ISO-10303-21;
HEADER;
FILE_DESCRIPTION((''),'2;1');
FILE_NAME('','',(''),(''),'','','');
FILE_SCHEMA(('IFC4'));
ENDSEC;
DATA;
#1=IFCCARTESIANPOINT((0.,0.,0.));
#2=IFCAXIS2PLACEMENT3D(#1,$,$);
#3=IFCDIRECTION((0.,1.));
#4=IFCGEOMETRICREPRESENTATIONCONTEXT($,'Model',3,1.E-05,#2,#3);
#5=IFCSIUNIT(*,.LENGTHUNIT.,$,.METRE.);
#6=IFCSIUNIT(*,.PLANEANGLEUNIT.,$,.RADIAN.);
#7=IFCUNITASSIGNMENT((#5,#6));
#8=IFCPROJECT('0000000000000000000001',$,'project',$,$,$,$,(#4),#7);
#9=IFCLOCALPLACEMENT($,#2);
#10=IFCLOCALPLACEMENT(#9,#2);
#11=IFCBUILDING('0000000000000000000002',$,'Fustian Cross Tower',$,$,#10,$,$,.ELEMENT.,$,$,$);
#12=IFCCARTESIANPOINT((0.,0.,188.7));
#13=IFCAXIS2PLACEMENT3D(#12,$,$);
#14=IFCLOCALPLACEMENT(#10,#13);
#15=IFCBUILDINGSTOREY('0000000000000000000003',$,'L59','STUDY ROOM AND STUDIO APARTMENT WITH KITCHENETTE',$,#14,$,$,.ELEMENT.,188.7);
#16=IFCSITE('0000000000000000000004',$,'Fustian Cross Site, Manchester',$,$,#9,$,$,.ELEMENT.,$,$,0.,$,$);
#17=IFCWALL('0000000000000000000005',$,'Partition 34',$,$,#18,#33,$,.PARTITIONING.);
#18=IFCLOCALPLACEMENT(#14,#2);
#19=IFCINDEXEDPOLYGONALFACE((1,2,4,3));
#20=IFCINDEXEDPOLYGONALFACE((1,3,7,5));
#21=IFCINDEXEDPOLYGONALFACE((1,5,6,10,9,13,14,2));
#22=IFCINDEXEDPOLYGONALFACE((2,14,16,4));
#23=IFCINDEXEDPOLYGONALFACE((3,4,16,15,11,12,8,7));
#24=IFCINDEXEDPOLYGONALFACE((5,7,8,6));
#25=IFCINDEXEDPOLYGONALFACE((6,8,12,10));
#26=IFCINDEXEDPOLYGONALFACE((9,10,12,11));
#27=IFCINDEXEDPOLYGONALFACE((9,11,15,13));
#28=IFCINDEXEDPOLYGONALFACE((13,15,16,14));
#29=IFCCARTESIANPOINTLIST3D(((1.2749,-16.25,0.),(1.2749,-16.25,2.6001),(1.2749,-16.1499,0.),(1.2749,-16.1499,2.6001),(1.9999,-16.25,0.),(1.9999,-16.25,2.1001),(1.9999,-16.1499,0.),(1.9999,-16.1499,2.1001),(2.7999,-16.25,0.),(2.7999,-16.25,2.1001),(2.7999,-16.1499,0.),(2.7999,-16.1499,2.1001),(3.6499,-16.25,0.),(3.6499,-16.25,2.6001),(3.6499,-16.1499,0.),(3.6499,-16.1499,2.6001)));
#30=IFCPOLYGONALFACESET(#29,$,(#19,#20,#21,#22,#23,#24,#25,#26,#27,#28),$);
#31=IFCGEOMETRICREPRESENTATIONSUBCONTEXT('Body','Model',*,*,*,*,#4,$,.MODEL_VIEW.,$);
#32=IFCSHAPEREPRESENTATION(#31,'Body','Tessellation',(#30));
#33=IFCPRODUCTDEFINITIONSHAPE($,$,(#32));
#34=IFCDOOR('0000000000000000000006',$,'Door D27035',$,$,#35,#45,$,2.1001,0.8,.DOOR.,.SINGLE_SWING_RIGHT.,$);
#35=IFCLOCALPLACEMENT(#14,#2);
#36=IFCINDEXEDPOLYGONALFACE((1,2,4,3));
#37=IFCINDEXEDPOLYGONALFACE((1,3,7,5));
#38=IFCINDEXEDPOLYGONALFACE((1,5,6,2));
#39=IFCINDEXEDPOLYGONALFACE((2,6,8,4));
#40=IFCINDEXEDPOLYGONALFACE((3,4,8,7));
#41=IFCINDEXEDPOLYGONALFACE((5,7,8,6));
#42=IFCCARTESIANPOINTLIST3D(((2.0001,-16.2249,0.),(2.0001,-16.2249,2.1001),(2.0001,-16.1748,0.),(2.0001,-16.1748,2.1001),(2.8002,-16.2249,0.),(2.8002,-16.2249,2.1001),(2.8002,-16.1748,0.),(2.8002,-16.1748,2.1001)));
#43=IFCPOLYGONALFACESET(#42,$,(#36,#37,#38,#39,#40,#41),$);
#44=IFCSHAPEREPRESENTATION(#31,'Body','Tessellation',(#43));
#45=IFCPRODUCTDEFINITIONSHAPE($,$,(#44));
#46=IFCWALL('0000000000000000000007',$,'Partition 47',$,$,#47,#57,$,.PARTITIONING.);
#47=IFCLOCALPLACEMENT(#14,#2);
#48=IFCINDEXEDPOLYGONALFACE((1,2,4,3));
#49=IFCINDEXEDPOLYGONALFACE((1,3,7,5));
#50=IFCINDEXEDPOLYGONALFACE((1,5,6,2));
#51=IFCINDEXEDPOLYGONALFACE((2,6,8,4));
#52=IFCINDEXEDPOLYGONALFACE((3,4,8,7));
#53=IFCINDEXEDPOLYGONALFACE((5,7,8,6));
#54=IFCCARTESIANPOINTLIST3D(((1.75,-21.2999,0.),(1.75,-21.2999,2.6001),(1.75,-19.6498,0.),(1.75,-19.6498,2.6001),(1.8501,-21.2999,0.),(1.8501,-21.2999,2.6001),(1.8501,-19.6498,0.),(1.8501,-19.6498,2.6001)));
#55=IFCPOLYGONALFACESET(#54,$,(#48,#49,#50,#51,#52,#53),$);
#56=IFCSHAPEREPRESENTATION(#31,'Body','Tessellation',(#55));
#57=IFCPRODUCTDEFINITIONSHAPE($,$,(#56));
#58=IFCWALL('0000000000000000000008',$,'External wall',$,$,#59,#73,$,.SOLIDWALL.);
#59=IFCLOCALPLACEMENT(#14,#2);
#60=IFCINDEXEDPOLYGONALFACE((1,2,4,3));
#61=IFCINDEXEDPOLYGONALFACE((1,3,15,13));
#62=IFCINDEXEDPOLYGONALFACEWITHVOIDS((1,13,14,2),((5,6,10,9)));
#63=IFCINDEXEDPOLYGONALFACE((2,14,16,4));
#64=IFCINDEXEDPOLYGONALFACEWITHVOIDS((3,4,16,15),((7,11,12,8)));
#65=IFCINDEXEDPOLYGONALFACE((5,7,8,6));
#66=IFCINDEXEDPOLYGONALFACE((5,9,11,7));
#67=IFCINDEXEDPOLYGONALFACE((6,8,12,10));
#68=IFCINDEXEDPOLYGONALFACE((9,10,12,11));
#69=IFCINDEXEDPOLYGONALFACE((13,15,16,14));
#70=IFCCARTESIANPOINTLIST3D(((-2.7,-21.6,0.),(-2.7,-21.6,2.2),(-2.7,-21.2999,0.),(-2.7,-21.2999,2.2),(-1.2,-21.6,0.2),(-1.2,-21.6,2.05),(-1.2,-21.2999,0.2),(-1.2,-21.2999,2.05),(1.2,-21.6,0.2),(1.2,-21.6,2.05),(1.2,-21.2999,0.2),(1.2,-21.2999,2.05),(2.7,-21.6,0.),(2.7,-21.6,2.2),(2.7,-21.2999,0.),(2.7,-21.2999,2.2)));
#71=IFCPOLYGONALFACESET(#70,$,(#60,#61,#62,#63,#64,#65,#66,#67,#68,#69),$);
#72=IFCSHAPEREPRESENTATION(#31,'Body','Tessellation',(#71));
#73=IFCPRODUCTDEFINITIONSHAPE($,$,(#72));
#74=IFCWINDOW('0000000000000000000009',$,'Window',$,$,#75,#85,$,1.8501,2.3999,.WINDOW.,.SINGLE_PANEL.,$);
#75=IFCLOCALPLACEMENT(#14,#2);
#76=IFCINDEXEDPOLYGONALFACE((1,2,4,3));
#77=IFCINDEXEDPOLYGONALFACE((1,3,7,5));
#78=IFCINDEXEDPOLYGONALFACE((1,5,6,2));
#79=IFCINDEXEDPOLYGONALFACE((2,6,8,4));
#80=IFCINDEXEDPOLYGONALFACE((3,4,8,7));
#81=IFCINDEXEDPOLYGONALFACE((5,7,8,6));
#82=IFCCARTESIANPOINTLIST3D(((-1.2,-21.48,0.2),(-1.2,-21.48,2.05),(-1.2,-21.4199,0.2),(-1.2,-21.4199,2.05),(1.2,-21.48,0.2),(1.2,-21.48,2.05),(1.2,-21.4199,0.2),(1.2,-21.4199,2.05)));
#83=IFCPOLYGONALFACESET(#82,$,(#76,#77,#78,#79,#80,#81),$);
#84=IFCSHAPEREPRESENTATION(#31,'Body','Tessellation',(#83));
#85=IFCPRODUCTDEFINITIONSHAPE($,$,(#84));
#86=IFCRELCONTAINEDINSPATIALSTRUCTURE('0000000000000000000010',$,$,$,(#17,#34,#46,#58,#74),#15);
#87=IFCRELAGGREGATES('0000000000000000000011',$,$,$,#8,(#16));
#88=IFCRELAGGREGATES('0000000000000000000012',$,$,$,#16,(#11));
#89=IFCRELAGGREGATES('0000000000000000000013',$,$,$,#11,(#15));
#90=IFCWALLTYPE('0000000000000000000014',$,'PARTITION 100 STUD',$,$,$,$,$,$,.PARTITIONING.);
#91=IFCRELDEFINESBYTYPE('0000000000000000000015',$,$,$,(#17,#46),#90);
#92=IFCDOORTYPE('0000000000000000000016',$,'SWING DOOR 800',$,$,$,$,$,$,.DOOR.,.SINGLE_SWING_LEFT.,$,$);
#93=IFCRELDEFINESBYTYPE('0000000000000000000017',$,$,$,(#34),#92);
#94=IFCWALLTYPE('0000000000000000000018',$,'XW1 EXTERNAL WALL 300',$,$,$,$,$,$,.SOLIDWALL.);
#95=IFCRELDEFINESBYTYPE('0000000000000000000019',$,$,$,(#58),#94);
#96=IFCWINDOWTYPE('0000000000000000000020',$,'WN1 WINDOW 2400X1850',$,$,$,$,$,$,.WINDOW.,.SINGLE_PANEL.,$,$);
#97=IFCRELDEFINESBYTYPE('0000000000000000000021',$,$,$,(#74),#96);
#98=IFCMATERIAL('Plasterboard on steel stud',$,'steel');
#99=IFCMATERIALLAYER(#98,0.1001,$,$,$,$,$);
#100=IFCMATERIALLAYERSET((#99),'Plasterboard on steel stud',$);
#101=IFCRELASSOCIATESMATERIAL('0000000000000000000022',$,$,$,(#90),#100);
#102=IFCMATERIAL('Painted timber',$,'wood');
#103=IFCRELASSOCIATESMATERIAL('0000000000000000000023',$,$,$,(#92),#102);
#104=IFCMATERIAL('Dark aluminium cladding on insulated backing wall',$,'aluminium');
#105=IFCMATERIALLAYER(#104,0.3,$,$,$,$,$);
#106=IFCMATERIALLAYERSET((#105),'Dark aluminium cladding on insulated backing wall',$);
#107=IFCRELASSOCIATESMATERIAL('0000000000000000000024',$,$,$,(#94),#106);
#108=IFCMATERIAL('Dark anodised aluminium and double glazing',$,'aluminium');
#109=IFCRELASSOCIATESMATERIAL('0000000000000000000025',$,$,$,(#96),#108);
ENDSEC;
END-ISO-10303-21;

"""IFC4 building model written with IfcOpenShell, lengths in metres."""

from ifc_helpers import new_model, si_unit, direction, frame, frame_2d, origin, place, context, subcontext, project, spatial, rectangle, extrude, material, layer, layer_set, type_object, element, fill, save


model = new_model("IFC4")

# Units and contexts
model_context = context("Model", 3, precision=1e-05, world=origin(), true_north=direction((0.0, 1.0)))
body_context = subcontext(model_context, "Body", "Model", "MODEL_VIEW")
ifc_project = project(units=[si_unit("LENGTHUNIT", "METRE"), si_unit("PLANEANGLEUNIT", "RADIAN")], contexts=[model_context])

# Site, building, storey
site_placement = place(None, origin())
site = spatial("IfcSite", under=ifc_project, at=site_placement, Name="Fustian Cross Site, Manchester", CompositionType="ELEMENT", RefElevation=0.0)
building_placement = place(site_placement, origin())
building = spatial("IfcBuilding", under=site, at=building_placement, Name="Fustian Cross Tower", CompositionType="ELEMENT")
storey_placement = place(building_placement, frame((0.0, 0.0, 188.7)))
storey = spatial("IfcBuildingStorey", under=building, at=storey_placement, Name="L59", Description="STUDY ROOM AND STUDIO APARTMENT WITH KITCHENETTE", CompositionType="ELEMENT", Elevation=188.7)

# Shared definitions
ifc_material_1 = material(Name="Plasterboard on steel stud", Category="steel")
ifc_layer_1 = layer(ifc_material_1, 0.1001)
ifc_layer_set_1 = layer_set([ifc_layer_1], Name="Plasterboard on steel stud")
wall_type_1 = type_object("IfcWallType", Name="PARTITION 100 STUD", PredefinedType="PARTITIONING", material=ifc_layer_set_1)

# Wall, opening, door
wall_1_placement = place(storey_placement, frame((1.2749, -16.2, 0.0), z_axis=(0.0, 0.0, 1.0), x_axis=(1.0, 0.0, 0.0)))
wall_1 = element("IfcWall", 1, at=wall_1_placement, inside=storey, type_object=wall_type_1, Name="Partition 34", PredefinedType="PARTITIONING", context=body_context, shape_type="SweptSolid", body=[
    extrude(rectangle(XDim=2.375, YDim=0.1001, at=frame_2d((1.1875, 0.0))), origin(), (0.0, 0.0, 1.0), 2.6001),
])
opening_1_placement = place(wall_1_placement, frame((0.7251, 0.0, 0.0)))
opening_1 = element("IfcOpeningElement", 2, at=opening_1_placement, cuts=wall_1, PredefinedType="OPENING", context=body_context, shape_type="SweptSolid", body=[
    extrude(rectangle(XDim=0.8, YDim=2.1001, at=frame_2d((0.3999, 1.05))), frame((0.0, 0.0601, 0.0), z_axis=(0.0, -1.0, 0.0), x_axis=(1.0, 0.0, 0.0)), (0.0, 0.0, 1.0), 0.1201),
])
ifc_material_2 = material(Name="Painted timber", Category="wood")
door_type_1 = type_object("IfcDoorType", Name="SWING DOOR 800", OperationType="SINGLE_SWING_LEFT", PredefinedType="DOOR", material=ifc_material_2)
door_1_placement = place(opening_1_placement, frame((0.8, 0.0, 0.0), z_axis=(0.0, 0.0, 1.0), x_axis=(-1.0, 0.0, 0.0)))
door_1 = element("IfcDoor", 3, at=door_1_placement, inside=storey, type_object=door_type_1, Name="Door D27035", OperationType="SINGLE_SWING_RIGHT", OverallHeight=2.1001, OverallWidth=0.8, PredefinedType="DOOR", context=body_context, shape_type="SweptSolid", body=[
    extrude(rectangle(XDim=0.8, YDim=2.1001, at=frame_2d((0.3999, 1.05))), frame((0.0, 0.0249, 0.0), z_axis=(0.0, -1.0, 0.0), x_axis=(1.0, 0.0, 0.0)), (0.0, 0.0, 1.0), 0.05),
])
fill(opening_1, door_1)

# Wall
wall_2_placement = place(storey_placement, frame((1.8, -21.3, 0.0), z_axis=(0.0, 0.0, 1.0), x_axis=(0.0, 1.0, 0.0)))
element("IfcWall", 4, at=wall_2_placement, inside=storey, type_object=wall_type_1, Name="Partition 47", PredefinedType="PARTITIONING", context=body_context, shape_type="SweptSolid", body=[
    extrude(rectangle(XDim=1.6501, YDim=0.1001, at=frame_2d((0.8252, 0.0))), origin(), (0.0, 0.0, 1.0), 2.6001),
])

# Wall, opening, window
ifc_material_3 = material(Name="Dark aluminium cladding on insulated backing wall", Category="aluminium")
ifc_layer_2 = layer(ifc_material_3, 0.3)
ifc_layer_set_2 = layer_set([ifc_layer_2], Name="Dark aluminium cladding on insulated backing wall")
wall_type_2 = type_object("IfcWallType", Name="XW1 EXTERNAL WALL 300", PredefinedType="SOLIDWALL", material=ifc_layer_set_2)
wall_3_placement = place(storey_placement, frame((-2.7, -21.45, 0.0), z_axis=(0.0, 0.0, 1.0), x_axis=(1.0, 0.0, 0.0)))
wall_3 = element("IfcWall", 5, at=wall_3_placement, inside=storey, type_object=wall_type_2, Name="External wall", PredefinedType="SOLIDWALL", context=body_context, shape_type="SweptSolid", body=[
    extrude(rectangle(XDim=5.3999, YDim=0.3, at=frame_2d((2.7, 0.0))), origin(), (0.0, 0.0, 1.0), 2.2),
])
opening_2_placement = place(wall_3_placement, frame((1.5, 0.0, 0.2)))
opening_2 = element("IfcOpeningElement", 6, at=opening_2_placement, cuts=wall_3, PredefinedType="OPENING", context=body_context, shape_type="SweptSolid", body=[
    extrude(rectangle(XDim=2.3999, YDim=1.8501, at=frame_2d((1.2, 0.925))), frame((0.0, 0.1599, 0.0), z_axis=(0.0, -1.0, 0.0), x_axis=(1.0, 0.0, 0.0)), (0.0, 0.0, 1.0), 0.3201),
])
ifc_material_4 = material(Name="Dark anodised aluminium and double glazing", Category="aluminium")
window_type = type_object("IfcWindowType", Name="WN1 WINDOW 2400X1850", PartitioningType="SINGLE_PANEL", PredefinedType="WINDOW", material=ifc_material_4)
window_placement = place(opening_2_placement, origin())
window = element("IfcWindow", 7, at=window_placement, inside=storey, type_object=window_type, Name="Window", OverallHeight=1.8501, OverallWidth=2.3999, PartitioningType="SINGLE_PANEL", PredefinedType="WINDOW", context=body_context, shape_type="SweptSolid", body=[
    extrude(rectangle(XDim=2.3999, YDim=1.8501, at=frame_2d((1.2, 0.925))), frame((0.0, 0.03, 0.0), z_axis=(0.0, -1.0, 0.0), x_axis=(1.0, 0.0, 0.0)), (0.0, 0.0, 1.0), 0.0601),
])
fill(opening_2, window)

save(model, "model.ifc")
